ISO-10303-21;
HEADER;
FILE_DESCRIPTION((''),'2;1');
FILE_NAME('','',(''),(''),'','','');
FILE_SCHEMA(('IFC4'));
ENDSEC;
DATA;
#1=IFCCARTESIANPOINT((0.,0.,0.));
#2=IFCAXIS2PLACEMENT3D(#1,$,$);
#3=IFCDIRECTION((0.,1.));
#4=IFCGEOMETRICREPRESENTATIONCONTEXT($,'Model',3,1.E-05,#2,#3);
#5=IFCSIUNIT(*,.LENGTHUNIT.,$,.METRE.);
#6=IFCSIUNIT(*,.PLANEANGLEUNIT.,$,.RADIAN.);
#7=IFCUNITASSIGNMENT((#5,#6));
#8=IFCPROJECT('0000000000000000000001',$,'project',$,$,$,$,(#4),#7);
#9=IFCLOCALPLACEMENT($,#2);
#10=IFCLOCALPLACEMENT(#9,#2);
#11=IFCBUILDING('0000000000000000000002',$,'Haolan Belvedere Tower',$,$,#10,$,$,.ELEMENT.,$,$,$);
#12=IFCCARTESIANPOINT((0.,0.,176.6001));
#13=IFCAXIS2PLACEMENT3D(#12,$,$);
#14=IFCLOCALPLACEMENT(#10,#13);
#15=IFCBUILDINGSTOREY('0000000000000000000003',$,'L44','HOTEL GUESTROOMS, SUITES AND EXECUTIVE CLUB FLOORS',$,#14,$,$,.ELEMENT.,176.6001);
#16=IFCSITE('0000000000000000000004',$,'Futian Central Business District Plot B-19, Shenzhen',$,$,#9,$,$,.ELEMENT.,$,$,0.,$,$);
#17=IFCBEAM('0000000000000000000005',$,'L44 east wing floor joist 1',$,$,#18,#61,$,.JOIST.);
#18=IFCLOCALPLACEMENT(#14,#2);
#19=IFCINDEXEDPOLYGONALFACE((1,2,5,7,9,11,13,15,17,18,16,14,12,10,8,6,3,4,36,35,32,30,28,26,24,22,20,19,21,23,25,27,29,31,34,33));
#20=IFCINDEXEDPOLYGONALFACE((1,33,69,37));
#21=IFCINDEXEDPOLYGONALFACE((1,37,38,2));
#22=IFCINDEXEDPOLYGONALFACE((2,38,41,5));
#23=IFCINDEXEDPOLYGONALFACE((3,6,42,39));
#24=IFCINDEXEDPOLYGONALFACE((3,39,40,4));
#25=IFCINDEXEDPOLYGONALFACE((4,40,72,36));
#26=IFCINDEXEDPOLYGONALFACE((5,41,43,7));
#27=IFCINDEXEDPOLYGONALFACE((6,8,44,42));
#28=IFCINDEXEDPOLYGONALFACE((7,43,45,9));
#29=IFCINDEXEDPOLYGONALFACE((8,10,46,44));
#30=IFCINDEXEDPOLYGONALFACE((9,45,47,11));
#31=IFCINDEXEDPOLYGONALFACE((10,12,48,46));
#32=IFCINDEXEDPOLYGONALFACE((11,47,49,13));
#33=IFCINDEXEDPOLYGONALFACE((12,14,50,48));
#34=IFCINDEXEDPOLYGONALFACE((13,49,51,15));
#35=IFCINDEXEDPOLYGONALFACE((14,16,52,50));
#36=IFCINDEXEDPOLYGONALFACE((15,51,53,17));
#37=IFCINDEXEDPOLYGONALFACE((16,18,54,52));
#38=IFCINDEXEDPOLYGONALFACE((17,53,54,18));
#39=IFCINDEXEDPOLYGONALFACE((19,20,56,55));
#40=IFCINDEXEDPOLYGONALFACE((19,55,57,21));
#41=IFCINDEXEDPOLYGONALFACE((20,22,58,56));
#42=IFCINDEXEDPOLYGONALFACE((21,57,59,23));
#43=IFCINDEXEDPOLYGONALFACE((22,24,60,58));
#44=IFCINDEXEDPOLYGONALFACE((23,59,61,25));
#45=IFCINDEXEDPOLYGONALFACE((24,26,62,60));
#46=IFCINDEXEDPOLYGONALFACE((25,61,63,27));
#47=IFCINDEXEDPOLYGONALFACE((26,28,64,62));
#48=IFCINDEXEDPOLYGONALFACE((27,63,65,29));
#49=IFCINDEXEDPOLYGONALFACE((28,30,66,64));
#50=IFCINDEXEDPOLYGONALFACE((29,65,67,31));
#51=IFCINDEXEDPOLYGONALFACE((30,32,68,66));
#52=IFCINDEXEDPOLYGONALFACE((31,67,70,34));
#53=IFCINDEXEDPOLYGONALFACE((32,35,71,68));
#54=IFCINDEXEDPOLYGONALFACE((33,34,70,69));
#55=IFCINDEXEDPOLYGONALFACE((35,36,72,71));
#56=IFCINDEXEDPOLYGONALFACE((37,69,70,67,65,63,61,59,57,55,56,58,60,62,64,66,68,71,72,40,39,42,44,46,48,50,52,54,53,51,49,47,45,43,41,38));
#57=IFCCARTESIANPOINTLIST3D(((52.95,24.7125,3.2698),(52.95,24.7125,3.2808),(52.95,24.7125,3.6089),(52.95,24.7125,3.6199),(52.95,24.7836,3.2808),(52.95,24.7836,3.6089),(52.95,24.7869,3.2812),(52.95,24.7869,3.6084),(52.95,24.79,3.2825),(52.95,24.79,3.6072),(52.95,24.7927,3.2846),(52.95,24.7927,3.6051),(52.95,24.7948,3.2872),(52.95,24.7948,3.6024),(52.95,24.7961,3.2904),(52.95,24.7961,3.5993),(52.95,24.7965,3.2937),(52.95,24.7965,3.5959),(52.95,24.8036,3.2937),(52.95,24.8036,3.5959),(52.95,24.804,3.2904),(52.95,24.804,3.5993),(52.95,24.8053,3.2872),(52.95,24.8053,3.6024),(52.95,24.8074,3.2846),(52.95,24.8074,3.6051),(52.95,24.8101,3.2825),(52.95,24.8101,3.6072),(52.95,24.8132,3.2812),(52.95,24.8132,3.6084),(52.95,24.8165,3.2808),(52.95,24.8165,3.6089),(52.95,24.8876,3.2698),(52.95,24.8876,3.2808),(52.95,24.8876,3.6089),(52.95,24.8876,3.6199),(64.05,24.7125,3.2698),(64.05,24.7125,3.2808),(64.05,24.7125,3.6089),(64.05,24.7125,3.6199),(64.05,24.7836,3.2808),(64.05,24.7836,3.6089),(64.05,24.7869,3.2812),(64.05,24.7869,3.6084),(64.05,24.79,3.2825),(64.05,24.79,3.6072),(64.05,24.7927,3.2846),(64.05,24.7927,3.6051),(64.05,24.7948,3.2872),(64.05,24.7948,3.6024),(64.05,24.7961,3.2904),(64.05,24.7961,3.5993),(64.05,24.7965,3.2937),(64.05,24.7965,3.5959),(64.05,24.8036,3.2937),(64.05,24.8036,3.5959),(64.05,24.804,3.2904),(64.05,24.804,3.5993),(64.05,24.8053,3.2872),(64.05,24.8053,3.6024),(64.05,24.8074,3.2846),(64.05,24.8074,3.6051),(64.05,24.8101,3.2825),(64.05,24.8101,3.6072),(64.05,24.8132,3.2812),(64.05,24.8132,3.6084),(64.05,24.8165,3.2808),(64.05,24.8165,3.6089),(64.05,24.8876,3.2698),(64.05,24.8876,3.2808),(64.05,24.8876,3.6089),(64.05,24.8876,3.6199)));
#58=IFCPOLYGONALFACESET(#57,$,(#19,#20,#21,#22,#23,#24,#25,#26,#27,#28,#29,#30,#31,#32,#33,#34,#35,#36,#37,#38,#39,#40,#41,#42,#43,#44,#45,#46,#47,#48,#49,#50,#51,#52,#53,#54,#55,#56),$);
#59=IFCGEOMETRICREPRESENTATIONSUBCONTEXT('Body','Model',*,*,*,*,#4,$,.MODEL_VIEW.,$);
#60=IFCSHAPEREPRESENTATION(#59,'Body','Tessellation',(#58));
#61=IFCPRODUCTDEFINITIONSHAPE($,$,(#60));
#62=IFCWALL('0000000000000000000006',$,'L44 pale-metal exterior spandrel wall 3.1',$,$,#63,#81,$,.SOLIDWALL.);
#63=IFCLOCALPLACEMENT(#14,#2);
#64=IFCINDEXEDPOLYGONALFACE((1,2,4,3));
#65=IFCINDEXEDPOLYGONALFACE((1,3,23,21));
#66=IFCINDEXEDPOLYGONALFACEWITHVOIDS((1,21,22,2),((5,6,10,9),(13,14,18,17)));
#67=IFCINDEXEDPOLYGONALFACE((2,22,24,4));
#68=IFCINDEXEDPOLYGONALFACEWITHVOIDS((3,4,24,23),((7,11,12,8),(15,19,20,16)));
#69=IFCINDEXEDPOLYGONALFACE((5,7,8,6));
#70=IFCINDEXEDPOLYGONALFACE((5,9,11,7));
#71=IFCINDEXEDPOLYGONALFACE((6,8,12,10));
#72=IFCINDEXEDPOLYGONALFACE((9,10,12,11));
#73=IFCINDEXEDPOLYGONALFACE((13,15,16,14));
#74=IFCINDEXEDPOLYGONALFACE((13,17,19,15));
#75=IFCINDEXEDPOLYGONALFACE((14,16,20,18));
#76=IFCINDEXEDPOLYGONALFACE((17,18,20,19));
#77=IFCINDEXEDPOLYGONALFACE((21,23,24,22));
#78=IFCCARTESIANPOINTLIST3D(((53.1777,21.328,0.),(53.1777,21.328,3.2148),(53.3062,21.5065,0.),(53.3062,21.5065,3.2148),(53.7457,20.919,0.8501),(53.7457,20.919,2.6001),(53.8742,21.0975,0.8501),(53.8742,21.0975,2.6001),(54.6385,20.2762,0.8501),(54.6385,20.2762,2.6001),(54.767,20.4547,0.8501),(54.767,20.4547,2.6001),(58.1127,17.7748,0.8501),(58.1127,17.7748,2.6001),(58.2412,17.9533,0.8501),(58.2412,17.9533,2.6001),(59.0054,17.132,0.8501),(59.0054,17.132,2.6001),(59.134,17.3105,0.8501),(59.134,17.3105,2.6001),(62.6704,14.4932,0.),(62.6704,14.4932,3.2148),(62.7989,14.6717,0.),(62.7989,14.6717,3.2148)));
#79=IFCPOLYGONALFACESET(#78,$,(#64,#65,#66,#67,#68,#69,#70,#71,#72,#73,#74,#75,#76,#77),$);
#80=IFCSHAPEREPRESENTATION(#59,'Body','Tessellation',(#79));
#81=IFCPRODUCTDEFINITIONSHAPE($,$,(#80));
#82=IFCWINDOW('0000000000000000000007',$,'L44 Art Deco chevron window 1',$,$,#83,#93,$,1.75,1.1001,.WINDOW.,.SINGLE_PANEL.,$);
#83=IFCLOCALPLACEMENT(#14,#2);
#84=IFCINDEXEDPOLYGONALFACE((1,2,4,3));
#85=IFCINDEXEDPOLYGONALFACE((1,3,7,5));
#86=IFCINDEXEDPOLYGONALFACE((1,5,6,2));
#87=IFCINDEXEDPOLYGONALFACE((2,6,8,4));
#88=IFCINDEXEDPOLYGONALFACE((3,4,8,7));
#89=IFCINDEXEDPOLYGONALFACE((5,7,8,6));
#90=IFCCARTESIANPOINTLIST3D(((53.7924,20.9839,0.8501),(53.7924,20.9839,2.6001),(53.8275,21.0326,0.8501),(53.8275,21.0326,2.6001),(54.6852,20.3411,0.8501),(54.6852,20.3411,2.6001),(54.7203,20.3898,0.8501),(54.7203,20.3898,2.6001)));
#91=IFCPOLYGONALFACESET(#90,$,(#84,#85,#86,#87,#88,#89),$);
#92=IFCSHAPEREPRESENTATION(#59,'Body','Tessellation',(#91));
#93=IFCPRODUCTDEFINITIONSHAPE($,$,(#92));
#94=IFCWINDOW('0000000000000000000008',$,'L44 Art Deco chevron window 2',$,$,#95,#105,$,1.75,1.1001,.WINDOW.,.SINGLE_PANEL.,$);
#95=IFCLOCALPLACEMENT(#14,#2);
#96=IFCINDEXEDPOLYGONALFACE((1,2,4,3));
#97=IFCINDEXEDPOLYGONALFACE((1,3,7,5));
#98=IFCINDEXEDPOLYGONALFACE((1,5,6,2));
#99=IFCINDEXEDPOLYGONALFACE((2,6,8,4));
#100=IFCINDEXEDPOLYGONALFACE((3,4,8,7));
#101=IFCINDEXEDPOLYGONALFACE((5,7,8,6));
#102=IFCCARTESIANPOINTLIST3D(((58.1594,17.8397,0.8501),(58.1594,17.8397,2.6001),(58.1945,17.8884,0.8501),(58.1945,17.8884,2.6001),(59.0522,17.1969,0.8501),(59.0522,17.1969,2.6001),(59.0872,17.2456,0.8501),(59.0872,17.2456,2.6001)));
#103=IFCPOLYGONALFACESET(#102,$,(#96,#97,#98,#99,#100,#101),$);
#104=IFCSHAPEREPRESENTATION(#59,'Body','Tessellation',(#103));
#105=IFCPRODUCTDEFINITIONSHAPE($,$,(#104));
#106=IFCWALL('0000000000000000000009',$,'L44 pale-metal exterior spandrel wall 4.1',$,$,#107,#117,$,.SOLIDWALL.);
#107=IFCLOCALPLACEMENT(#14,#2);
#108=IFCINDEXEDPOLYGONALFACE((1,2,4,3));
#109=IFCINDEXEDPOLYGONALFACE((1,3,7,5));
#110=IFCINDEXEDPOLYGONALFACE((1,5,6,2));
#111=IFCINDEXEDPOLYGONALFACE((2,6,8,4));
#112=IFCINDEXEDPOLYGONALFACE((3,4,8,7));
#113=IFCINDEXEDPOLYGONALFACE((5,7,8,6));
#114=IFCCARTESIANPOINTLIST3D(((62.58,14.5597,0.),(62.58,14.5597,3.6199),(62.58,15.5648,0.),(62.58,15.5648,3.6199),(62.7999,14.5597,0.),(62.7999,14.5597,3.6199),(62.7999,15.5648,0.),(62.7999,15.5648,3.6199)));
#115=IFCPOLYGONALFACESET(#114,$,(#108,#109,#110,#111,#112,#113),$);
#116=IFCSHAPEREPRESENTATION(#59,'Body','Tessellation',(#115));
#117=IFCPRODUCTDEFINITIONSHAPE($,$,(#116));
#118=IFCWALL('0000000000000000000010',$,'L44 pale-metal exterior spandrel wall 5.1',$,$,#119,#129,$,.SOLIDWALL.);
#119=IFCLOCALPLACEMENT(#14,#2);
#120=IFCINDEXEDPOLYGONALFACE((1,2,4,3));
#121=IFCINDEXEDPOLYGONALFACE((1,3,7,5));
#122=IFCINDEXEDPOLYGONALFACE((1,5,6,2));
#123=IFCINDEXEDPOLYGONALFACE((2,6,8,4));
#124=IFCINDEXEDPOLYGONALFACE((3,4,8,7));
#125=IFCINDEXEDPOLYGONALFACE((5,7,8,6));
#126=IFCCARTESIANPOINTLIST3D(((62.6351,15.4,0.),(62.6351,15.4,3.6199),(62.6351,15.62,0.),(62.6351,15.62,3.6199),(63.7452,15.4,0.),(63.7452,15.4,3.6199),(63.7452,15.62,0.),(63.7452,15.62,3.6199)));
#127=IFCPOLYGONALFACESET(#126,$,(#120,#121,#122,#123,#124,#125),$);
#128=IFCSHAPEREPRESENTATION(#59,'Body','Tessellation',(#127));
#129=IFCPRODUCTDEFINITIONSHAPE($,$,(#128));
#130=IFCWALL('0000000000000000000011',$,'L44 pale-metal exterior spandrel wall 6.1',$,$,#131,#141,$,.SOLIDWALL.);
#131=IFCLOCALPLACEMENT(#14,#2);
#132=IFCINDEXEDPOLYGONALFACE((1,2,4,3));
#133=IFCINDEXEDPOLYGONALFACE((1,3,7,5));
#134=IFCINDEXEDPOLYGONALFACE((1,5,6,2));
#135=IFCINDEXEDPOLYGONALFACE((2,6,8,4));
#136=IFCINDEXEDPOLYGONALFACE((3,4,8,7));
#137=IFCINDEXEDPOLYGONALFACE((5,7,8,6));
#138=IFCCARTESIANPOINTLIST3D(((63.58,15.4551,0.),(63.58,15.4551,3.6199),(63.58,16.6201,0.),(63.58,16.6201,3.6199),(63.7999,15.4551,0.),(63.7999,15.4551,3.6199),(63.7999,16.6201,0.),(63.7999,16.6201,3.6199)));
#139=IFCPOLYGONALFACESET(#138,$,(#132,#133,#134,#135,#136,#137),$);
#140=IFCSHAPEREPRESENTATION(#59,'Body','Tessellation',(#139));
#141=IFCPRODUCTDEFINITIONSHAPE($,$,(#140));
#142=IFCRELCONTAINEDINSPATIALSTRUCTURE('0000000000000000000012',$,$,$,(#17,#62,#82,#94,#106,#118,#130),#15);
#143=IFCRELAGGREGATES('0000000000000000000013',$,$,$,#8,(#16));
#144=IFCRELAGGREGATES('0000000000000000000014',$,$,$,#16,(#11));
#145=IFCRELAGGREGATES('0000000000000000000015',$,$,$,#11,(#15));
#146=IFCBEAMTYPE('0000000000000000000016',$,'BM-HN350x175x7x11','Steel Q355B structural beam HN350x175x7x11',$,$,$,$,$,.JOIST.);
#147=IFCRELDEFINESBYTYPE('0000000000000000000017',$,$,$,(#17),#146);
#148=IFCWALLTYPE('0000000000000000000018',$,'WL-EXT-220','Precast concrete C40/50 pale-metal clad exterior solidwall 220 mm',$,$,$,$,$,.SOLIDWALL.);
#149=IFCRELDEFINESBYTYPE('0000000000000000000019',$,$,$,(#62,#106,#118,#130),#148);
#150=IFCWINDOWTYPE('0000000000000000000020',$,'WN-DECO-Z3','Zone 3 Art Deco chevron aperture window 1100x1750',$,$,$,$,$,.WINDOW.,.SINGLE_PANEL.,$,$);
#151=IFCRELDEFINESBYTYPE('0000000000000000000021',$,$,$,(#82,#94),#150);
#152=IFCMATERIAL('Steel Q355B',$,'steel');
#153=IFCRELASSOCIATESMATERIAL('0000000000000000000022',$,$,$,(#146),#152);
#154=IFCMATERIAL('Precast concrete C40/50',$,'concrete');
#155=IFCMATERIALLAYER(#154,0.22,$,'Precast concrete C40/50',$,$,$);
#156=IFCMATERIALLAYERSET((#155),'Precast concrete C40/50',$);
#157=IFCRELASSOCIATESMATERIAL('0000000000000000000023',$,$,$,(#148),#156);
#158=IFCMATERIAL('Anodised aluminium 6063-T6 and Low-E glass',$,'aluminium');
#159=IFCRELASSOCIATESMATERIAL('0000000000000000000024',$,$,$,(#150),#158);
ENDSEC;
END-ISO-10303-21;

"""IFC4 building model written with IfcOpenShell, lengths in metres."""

from ifc_helpers import new_model, si_unit, direction, frame, frame_2d, origin, origin_2d, place, context, subcontext, project, spatial, rectangle, i_section, extrude, material, layer, layer_set, material_profile, profile_set, type_object, element, fill, save


model = new_model("IFC4")

# Units and contexts
model_context = context("Model", 3, precision=1e-05, world=origin(), true_north=direction((0.0, 1.0)))
body_context = subcontext(model_context, "Body", "Model", "MODEL_VIEW")
ifc_project = project(units=[si_unit("LENGTHUNIT", "METRE"), si_unit("PLANEANGLEUNIT", "RADIAN")], contexts=[model_context])

# Site, building, storey
site_placement = place(None, origin())
site = spatial("IfcSite", under=ifc_project, at=site_placement, Name="Futian Central Business District Plot B-19, Shenzhen", CompositionType="ELEMENT", RefElevation=0.0)
building_placement = place(site_placement, origin())
building = spatial("IfcBuilding", under=site, at=building_placement, Name="Haolan Belvedere Tower", CompositionType="ELEMENT")
storey_placement = place(building_placement, frame((0.0, 0.0, 176.6001)))
storey = spatial("IfcBuildingStorey", under=building, at=storey_placement, Name="L44", Description="HOTEL GUESTROOMS, SUITES AND EXECUTIVE CLUB FLOORS", CompositionType="ELEMENT", Elevation=176.6001)

# Beam
ifc_material_1 = material(Name="Steel Q355B", Category="steel")
ifc_material_profile_1 = material_profile(ifc_material_1, i_section(OverallWidth=0.175, OverallDepth=0.3501, WebThickness=0.0071, FlangeThickness=0.011, FilletRadius=0.0129, at=origin_2d()), Name="Steel Q355B")
ifc_profile_set_1 = profile_set([ifc_material_profile_1], Name="Steel Q355B")
beam_type_1 = type_object("IfcBeamType", Name="BM-HN350x175x7x11", Description="Steel Q355B structural beam HN350x175x7x11", PredefinedType="JOIST", material=ifc_profile_set_1)
beam_1_placement = place(storey_placement, frame((52.95, 24.8, 3.4448), z_axis=(1.0, 0.0, 0.0), x_axis=(0.0, 1.0, 0.0)))
element("IfcBeam", 1, at=beam_1_placement, inside=storey, type_object=beam_type_1, Name="L44 east wing floor joist 1", PredefinedType="JOIST", context=body_context, shape_type="SweptSolid", body=[
    extrude(i_section(OverallWidth=0.175, OverallDepth=0.3501, WebThickness=0.0071, FlangeThickness=0.011, FilletRadius=0.0129, at=origin_2d()), origin(), (0.0, 0.0, 1.0), 11.1001),
])

# Wall, openings, windows
ifc_material_2 = material(Name="Precast concrete C40/50", Category="concrete")
ifc_layer_1 = layer(ifc_material_2, 0.22, Name="Precast concrete C40/50")
ifc_layer_set_1 = layer_set([ifc_layer_1], Name="Precast concrete C40/50")
wall_type_1 = type_object("IfcWallType", Name="WL-EXT-220", Description="Precast concrete C40/50 pale-metal clad exterior solidwall 220 mm", PredefinedType="SOLIDWALL", material=ifc_layer_set_1)
wall_1_placement = place(storey_placement, frame((53.2419, 21.4172, 0.0), z_axis=(0.0, 0.0, 1.0), x_axis=(0.811535, -0.584304, 0.0)))
wall_1 = element("IfcWall", 2, at=wall_1_placement, inside=storey, type_object=wall_type_1, Name="L44 pale-metal exterior spandrel wall 3.1", PredefinedType="SOLIDWALL", context=body_context, shape_type="SweptSolid", body=[
    extrude(rectangle(XDim=11.6973, YDim=0.22, at=frame_2d((5.8486, 0.0))), origin(), (0.0, 0.0, 1.0), 3.2148),
])
opening_1_placement = place(wall_1_placement, frame((0.7, 0.0, 0.8501)))
opening_1 = element("IfcOpeningElement", 3, at=opening_1_placement, cuts=wall_1, PredefinedType="OPENING", context=body_context, shape_type="SweptSolid", body=[
    extrude(rectangle(XDim=1.1001, YDim=1.75, at=frame_2d((0.55, 0.875))), frame((0.0, 0.1199, 0.0), z_axis=(0.0, -1.0, 0.0), x_axis=(1.0, 0.0, 0.0)), (0.0, 0.0, 1.0), 0.24),
])
opening_2_placement = place(wall_1_placement, frame((6.0811, 0.0, 0.8501)))
opening_2 = element("IfcOpeningElement", 4, at=opening_2_placement, cuts=wall_1, PredefinedType="OPENING", context=body_context, shape_type="SweptSolid", body=[
    extrude(rectangle(XDim=1.1001, YDim=1.75, at=frame_2d((0.55, 0.875))), frame((0.0, 0.1199, 0.0), z_axis=(0.0, -1.0, 0.0), x_axis=(1.0, 0.0, 0.0)), (0.0, 0.0, 1.0), 0.24),
])
ifc_material_3 = material(Name="Anodised aluminium 6063-T6 and Low-E glass", Category="aluminium")
window_type = type_object("IfcWindowType", Name="WN-DECO-Z3", Description="Zone 3 Art Deco chevron aperture window 1100x1750", PartitioningType="SINGLE_PANEL", PredefinedType="WINDOW", material=ifc_material_3)
window_1_placement = place(opening_1_placement, origin())
window_1 = element("IfcWindow", 5, at=window_1_placement, inside=storey, type_object=window_type, Name="L44 Art Deco chevron window 1", OverallHeight=1.75, OverallWidth=1.1001, PartitioningType="SINGLE_PANEL", PredefinedType="WINDOW", context=body_context, shape_type="SweptSolid", body=[
    extrude(rectangle(XDim=1.1001, YDim=1.75, at=frame_2d((0.55, 0.875))), frame((0.0, 0.03, 0.0), z_axis=(0.0, -1.0, 0.0), x_axis=(1.0, 0.0, 0.0)), (0.0, 0.0, 1.0), 0.0601),
])
fill(opening_1, window_1)
window_2_placement = place(opening_2_placement, origin())
window_2 = element("IfcWindow", 6, at=window_2_placement, inside=storey, type_object=window_type, Name="L44 Art Deco chevron window 2", OverallHeight=1.75, OverallWidth=1.1001, PartitioningType="SINGLE_PANEL", PredefinedType="WINDOW", context=body_context, shape_type="SweptSolid", body=[
    extrude(rectangle(XDim=1.1001, YDim=1.75, at=frame_2d((0.55, 0.875))), frame((0.0, 0.03, 0.0), z_axis=(0.0, -1.0, 0.0), x_axis=(1.0, 0.0, 0.0)), (0.0, 0.0, 1.0), 0.0601),
])
fill(opening_2, window_2)

# Walls
wall_2_placement = place(storey_placement, frame((62.6899, 14.5598, 0.0), z_axis=(0.0, 0.0, 1.0), x_axis=(0.0, 1.0, 0.0)))
element("IfcWall", 7, at=wall_2_placement, inside=storey, type_object=wall_type_1, Name="L44 pale-metal exterior spandrel wall 4.1", PredefinedType="SOLIDWALL", context=body_context, shape_type="SweptSolid", body=[
    extrude(rectangle(XDim=1.0051, YDim=0.22, at=frame_2d((0.5024, 0.0))), origin(), (0.0, 0.0, 1.0), 3.6199),
])
wall_3_placement = place(storey_placement, frame((62.635, 15.51, 0.0), z_axis=(0.0, 0.0, 1.0), x_axis=(1.0, 0.0, 0.0)))
element("IfcWall", 8, at=wall_3_placement, inside=storey, type_object=wall_type_1, Name="L44 pale-metal exterior spandrel wall 5.1", PredefinedType="SOLIDWALL", context=body_context, shape_type="SweptSolid", body=[
    extrude(rectangle(XDim=1.1101, YDim=0.22, at=frame_2d((0.5552, 0.0))), origin(), (0.0, 0.0, 1.0), 3.6199),
])
wall_4_placement = place(storey_placement, frame((63.6899, 15.4551, 0.0), z_axis=(0.0, 0.0, 1.0), x_axis=(0.0, 1.0, 0.0)))
element("IfcWall", 9, at=wall_4_placement, inside=storey, type_object=wall_type_1, Name="L44 pale-metal exterior spandrel wall 6.1", PredefinedType="SOLIDWALL", context=body_context, shape_type="SweptSolid", body=[
    extrude(rectangle(XDim=1.165, YDim=0.22, at=frame_2d((0.5825, 0.0))), origin(), (0.0, 0.0, 1.0), 3.6199),
])

save(model, "model.ifc")
